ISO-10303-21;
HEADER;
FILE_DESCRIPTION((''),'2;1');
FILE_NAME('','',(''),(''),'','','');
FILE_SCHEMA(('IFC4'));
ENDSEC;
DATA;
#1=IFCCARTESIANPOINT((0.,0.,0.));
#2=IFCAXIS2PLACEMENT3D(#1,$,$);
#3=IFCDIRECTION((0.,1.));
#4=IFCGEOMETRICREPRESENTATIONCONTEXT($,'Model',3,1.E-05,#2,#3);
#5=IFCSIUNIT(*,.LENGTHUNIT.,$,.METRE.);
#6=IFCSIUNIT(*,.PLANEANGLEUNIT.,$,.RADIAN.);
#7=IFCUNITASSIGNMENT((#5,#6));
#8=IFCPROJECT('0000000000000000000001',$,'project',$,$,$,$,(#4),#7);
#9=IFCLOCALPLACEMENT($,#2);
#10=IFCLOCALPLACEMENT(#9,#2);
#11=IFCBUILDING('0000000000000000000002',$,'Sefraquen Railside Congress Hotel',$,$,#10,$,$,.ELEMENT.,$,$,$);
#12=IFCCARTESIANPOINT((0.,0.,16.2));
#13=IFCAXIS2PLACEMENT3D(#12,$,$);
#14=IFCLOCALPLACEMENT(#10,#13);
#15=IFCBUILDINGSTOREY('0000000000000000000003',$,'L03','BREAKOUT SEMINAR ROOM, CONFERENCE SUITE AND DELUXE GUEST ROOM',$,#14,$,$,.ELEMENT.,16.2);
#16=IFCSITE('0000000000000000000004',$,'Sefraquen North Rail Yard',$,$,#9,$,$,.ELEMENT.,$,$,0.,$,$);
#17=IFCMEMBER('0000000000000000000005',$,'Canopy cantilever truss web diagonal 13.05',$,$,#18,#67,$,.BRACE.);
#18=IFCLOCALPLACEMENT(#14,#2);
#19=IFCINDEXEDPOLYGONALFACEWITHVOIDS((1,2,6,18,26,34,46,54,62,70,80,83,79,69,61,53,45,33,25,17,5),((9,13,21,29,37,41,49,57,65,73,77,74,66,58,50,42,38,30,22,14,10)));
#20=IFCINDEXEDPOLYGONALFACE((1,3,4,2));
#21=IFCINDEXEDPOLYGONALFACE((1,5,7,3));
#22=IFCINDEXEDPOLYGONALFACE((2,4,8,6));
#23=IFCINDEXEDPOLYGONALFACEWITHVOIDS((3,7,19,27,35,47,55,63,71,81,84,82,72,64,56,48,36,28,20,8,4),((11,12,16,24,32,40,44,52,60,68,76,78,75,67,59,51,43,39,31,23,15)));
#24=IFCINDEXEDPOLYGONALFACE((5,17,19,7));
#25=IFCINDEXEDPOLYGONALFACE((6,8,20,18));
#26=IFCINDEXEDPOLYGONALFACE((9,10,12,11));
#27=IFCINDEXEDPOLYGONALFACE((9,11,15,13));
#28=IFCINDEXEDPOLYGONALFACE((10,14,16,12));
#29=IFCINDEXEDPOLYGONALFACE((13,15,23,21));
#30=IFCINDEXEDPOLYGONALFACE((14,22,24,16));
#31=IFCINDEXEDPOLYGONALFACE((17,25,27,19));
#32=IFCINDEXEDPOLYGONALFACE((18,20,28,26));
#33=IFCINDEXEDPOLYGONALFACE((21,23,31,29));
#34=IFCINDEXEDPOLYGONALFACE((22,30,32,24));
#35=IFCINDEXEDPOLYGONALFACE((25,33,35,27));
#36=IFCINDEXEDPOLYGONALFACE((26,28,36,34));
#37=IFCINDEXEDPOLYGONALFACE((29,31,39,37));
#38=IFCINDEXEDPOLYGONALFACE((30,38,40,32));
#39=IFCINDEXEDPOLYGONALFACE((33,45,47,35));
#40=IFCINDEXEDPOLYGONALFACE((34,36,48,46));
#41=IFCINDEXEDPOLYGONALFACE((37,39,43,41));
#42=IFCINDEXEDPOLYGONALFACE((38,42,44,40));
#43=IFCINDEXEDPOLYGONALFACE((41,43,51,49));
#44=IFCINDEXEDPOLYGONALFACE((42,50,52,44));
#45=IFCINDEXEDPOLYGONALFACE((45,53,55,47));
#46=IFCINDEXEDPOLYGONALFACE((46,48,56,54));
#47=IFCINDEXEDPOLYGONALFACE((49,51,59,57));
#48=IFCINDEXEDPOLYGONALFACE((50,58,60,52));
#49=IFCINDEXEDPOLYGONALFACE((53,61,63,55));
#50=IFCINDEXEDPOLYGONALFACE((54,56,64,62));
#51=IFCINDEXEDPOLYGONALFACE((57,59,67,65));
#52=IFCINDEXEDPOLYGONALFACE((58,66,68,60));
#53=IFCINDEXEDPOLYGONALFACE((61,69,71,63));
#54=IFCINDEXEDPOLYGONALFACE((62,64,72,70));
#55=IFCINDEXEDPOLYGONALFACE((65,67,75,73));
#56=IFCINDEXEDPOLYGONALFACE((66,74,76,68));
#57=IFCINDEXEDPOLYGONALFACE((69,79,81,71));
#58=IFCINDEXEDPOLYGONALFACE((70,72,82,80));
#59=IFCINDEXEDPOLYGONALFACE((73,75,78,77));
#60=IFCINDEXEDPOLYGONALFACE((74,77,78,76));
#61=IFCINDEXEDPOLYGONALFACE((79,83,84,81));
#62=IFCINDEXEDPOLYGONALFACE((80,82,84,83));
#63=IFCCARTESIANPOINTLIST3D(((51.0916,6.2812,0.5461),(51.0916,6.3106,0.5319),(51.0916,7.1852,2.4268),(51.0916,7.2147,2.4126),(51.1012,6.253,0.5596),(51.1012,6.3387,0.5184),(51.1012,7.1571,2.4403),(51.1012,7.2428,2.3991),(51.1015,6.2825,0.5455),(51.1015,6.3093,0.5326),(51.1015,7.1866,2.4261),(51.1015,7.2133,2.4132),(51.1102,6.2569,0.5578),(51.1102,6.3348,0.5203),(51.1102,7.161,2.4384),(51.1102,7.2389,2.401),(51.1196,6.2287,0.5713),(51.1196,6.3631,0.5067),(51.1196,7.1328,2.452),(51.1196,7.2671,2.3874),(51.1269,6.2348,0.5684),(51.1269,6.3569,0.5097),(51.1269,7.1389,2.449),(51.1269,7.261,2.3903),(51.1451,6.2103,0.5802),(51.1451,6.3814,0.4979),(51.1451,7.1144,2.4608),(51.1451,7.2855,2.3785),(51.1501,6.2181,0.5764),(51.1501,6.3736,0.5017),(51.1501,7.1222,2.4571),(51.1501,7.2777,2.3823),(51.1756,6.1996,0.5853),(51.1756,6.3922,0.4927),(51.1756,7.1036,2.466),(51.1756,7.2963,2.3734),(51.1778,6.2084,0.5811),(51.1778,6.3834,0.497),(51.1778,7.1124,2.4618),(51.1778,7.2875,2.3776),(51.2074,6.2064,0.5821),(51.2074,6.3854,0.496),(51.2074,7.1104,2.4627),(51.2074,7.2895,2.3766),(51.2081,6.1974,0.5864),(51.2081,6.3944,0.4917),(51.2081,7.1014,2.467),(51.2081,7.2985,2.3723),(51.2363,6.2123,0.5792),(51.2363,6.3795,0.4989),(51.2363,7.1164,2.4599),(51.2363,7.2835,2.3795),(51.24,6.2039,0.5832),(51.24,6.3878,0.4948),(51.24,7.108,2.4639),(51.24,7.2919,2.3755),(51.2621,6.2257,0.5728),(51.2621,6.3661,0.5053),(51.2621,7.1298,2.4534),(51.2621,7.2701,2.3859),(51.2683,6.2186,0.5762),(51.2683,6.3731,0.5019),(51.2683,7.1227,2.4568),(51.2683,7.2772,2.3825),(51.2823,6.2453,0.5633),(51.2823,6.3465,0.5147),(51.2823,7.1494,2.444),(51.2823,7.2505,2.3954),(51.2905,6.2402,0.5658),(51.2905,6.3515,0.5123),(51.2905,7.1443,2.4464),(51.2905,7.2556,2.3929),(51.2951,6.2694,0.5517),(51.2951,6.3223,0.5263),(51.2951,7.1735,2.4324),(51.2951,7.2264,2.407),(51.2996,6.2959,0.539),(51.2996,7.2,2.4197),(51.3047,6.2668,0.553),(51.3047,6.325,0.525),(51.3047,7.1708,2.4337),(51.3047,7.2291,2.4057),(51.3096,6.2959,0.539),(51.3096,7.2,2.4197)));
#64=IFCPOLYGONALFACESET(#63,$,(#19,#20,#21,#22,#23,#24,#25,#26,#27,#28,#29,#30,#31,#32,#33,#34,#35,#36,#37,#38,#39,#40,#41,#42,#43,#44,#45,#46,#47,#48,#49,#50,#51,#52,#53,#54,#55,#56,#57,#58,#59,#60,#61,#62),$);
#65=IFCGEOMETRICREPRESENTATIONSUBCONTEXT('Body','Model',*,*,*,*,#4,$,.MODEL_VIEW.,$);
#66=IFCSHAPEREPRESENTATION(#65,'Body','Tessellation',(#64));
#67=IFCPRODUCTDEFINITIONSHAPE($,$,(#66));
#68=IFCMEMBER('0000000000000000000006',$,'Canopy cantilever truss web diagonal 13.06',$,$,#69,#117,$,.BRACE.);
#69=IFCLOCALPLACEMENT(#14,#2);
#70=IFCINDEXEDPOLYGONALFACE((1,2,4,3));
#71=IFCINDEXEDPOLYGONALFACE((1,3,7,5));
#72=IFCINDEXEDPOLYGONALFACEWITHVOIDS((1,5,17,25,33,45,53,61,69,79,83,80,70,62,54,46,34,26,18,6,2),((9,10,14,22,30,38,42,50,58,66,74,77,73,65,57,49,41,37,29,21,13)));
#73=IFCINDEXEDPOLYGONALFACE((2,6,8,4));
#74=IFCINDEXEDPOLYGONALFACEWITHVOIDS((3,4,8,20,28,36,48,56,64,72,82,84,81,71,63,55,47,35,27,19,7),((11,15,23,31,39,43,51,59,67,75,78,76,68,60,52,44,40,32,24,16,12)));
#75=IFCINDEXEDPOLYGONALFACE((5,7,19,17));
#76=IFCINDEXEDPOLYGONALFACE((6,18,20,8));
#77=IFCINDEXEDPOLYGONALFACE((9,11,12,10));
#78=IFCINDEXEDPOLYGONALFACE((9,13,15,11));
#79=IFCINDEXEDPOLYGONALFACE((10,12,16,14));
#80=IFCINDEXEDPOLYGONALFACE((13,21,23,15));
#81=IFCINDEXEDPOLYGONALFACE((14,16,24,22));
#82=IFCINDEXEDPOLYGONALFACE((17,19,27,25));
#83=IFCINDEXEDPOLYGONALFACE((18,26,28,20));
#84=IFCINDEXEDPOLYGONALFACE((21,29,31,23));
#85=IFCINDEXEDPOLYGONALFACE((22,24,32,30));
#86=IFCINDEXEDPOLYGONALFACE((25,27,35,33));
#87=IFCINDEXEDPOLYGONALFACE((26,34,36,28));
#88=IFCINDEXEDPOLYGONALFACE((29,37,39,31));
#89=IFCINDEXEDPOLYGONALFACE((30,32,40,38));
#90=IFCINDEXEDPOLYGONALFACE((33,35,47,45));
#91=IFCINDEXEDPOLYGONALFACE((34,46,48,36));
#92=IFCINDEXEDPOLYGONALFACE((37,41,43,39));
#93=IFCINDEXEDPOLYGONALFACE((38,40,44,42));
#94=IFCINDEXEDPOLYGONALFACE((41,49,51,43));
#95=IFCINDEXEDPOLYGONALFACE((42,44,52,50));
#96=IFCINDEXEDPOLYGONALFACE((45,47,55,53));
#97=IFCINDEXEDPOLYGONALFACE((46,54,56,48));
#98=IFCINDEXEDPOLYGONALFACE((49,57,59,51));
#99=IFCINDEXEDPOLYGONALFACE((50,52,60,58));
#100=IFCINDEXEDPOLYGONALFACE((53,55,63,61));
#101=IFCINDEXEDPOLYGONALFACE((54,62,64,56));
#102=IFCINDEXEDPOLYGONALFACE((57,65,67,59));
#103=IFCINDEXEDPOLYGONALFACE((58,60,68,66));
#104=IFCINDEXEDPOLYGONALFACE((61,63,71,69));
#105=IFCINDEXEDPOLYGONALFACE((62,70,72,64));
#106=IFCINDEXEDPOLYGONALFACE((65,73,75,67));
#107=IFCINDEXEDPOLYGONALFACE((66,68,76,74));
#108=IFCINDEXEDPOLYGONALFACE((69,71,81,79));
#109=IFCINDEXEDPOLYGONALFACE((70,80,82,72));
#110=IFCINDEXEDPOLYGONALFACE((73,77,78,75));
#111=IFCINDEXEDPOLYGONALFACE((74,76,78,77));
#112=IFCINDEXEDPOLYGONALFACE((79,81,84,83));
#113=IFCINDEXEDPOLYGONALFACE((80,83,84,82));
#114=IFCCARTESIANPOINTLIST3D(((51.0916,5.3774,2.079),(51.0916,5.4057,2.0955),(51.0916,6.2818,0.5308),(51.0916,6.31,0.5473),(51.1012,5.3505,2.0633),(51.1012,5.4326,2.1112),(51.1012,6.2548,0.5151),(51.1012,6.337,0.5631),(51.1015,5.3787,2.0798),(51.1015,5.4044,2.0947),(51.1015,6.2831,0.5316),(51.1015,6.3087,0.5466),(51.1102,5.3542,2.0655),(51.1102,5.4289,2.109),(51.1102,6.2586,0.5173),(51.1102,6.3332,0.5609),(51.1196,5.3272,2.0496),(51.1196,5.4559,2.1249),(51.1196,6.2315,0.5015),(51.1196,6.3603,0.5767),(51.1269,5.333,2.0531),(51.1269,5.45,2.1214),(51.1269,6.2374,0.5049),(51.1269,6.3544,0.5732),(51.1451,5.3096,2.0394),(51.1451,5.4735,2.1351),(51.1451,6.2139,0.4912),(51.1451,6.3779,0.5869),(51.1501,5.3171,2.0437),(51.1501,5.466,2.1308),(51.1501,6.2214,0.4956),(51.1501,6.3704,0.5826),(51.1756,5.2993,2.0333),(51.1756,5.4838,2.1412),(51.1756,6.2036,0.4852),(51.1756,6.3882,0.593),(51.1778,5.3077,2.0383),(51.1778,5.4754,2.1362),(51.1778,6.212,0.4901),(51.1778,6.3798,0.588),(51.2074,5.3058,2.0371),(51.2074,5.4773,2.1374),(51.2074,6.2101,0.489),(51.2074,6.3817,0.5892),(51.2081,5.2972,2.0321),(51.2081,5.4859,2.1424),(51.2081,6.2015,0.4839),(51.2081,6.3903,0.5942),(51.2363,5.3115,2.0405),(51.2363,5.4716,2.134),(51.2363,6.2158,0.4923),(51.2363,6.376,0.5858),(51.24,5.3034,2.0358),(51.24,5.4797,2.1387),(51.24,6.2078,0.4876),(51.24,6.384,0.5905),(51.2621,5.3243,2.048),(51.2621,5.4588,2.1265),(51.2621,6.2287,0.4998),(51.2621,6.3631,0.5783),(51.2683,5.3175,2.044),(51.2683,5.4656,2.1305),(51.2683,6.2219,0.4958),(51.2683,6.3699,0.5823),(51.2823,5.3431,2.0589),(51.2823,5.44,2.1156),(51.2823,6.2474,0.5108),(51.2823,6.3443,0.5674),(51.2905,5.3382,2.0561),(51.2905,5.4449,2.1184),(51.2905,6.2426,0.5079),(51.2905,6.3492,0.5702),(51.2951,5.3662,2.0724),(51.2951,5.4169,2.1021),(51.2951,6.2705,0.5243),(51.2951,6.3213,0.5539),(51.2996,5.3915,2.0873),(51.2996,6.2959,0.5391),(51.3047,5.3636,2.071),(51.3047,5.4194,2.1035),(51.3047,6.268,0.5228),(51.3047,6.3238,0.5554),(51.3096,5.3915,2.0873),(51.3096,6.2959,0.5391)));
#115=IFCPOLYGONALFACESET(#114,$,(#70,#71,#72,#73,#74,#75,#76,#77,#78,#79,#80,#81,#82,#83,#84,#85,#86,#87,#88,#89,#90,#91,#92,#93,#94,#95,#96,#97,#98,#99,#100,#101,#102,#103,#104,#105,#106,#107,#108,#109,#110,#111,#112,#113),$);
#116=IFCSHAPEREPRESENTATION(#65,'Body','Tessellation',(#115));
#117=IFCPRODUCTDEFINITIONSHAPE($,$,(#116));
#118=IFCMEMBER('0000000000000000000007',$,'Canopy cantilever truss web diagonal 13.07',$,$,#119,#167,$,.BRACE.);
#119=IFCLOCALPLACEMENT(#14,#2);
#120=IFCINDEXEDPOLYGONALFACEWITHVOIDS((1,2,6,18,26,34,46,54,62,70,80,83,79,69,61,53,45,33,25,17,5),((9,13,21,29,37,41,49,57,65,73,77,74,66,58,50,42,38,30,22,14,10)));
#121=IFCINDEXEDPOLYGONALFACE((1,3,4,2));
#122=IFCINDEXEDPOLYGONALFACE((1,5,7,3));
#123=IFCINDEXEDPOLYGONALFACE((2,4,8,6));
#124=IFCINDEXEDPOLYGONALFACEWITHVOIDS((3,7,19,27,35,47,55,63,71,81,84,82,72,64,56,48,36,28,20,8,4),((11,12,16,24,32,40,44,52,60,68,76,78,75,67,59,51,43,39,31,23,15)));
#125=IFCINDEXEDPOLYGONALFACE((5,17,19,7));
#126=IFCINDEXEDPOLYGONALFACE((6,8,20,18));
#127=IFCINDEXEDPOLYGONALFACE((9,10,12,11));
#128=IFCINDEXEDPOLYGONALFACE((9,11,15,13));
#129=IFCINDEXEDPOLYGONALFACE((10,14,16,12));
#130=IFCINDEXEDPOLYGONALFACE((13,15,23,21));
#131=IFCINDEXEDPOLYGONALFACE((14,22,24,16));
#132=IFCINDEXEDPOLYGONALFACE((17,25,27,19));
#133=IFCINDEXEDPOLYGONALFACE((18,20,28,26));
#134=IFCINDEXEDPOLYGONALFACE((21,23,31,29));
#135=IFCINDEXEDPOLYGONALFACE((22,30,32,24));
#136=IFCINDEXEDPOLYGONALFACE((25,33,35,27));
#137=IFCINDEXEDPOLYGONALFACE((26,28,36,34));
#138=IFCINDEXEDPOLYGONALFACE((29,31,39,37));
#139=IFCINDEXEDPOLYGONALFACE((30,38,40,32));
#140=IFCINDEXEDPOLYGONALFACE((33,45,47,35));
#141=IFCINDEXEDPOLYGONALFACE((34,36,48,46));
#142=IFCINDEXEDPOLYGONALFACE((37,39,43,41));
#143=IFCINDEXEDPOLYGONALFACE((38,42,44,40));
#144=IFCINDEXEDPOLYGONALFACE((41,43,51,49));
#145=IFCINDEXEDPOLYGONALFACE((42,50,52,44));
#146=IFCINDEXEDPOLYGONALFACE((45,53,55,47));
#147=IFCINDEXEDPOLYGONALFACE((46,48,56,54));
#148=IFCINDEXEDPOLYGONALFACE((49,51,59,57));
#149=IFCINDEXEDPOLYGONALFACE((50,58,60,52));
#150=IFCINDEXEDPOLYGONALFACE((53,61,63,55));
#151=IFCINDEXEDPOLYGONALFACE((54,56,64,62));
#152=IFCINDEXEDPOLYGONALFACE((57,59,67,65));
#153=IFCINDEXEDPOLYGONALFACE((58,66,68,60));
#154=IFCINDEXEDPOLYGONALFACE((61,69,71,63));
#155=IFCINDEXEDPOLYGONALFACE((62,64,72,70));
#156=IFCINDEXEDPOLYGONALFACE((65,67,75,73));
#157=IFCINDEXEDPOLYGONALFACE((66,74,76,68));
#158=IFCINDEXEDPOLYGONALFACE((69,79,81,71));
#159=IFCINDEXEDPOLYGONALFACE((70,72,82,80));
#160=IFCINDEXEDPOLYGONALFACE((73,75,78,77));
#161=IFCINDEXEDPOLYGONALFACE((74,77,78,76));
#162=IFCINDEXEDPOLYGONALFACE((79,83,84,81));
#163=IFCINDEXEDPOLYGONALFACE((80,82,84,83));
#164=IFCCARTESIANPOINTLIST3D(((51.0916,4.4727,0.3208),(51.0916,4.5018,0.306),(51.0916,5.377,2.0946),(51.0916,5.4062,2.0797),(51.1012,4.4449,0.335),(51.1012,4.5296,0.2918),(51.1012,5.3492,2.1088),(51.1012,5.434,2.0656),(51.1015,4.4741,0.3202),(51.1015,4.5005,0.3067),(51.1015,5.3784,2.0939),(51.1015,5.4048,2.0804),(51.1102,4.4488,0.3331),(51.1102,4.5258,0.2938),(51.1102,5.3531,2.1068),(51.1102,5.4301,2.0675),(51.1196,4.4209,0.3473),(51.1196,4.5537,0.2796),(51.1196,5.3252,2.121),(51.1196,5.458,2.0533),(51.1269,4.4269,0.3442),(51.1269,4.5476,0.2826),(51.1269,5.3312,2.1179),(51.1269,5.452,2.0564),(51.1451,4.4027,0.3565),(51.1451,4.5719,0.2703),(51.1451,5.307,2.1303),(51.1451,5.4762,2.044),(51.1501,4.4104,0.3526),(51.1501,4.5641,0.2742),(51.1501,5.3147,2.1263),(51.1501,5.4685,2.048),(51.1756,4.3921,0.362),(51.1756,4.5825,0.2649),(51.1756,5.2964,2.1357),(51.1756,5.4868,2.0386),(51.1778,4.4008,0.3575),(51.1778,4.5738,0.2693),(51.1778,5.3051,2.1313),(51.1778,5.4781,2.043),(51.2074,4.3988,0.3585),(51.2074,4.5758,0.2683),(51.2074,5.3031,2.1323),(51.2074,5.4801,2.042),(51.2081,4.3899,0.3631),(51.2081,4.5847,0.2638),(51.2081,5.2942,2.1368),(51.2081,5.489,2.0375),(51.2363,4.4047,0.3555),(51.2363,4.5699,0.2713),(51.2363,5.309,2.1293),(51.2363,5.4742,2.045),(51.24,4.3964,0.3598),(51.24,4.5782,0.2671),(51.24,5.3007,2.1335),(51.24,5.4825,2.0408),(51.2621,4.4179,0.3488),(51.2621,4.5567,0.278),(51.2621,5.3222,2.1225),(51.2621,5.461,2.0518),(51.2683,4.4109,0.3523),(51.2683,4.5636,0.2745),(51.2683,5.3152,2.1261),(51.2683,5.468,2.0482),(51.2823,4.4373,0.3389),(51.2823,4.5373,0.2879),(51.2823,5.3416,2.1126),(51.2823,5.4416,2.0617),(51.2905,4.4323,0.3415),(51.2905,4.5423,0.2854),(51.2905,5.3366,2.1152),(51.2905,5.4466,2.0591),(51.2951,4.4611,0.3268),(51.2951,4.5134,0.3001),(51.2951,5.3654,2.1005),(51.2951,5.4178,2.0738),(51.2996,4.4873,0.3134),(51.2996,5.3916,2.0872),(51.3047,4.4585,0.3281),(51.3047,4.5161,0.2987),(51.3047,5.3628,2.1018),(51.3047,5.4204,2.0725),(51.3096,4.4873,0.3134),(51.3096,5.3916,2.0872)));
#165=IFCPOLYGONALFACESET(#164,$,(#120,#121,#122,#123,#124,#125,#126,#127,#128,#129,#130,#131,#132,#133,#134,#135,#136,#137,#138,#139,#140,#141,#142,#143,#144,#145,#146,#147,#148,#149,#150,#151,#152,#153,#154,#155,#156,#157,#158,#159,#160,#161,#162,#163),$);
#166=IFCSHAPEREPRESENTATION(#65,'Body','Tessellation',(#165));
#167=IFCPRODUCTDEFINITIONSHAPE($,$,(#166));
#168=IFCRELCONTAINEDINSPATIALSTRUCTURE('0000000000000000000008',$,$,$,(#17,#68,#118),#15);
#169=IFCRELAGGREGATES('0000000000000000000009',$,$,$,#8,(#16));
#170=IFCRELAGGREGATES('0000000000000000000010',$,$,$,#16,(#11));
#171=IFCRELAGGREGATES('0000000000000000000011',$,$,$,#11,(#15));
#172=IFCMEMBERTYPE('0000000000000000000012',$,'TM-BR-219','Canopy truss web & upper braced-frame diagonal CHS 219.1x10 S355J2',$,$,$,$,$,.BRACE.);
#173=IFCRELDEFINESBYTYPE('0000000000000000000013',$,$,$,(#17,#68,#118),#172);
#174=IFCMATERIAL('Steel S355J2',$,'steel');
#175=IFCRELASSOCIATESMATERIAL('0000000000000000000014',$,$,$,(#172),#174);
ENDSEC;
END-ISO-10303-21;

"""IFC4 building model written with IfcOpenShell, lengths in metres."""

from ifc_helpers import new_model, si_unit, direction, frame, origin, origin_2d, place, context, subcontext, project, spatial, hollow_circle, extrude, material, material_profile, profile_set, type_object, element, save


model = new_model("IFC4")

# Units and contexts
model_context = context("Model", 3, precision=1e-05, world=origin(), true_north=direction((0.0, 1.0)))
body_context = subcontext(model_context, "Body", "Model", "MODEL_VIEW")
ifc_project = project(units=[si_unit("LENGTHUNIT", "METRE"), si_unit("PLANEANGLEUNIT", "RADIAN")], contexts=[model_context])

# Site, building, storey
site_placement = place(None, origin())
site = spatial("IfcSite", under=ifc_project, at=site_placement, Name="Sefraquen North Rail Yard", CompositionType="ELEMENT", RefElevation=0.0)
building_placement = place(site_placement, origin())
building = spatial("IfcBuilding", under=site, at=building_placement, Name="Sefraquen Railside Congress Hotel", CompositionType="ELEMENT")
storey_placement = place(building_placement, frame((0.0, 0.0, 16.2)))
storey = spatial("IfcBuildingStorey", under=building, at=storey_placement, Name="L03", Description="BREAKOUT SEMINAR ROOM, CONFERENCE SUITE AND DELUXE GUEST ROOM", CompositionType="ELEMENT", Elevation=16.2)

# Members
ifc_material_1 = material(Name="Steel S355J2", Category="steel")
ifc_material_profile_1 = material_profile(ifc_material_1, hollow_circle(Radius=0.1096, WallThickness=0.01, at=origin_2d()), Name="CHS 219.1x10")
ifc_profile_set_1 = profile_set([ifc_material_profile_1], Name="Steel S355J2")
member_type_1 = type_object("IfcMemberType", Name="TM-BR-219", Description="Canopy truss web & upper braced-frame diagonal CHS 219.1x10 S355J2", PredefinedType="BRACE", material=ifc_profile_set_1)
member_1_placement = place(storey_placement, frame((51.2, 7.2, 2.4197), z_axis=(0.0, -0.43326, -0.901269), x_axis=(1.0, 0.0, 0.0)))
element("IfcMember", 1, at=member_1_placement, inside=storey, type_object=member_type_1, Name="Canopy cantilever truss web diagonal 13.05", PredefinedType="BRACE", context=body_context, shape_type="SweptSolid", body=[
    extrude(hollow_circle(Radius=0.1096, WallThickness=0.01, at=origin_2d()), origin(), (0.0, 0.0, 1.0), 2.0867),
])
member_2_placement = place(storey_placement, frame((51.2, 6.2959, 0.5391), z_axis=(0.0, -0.504387, 0.863477), x_axis=(1.0, 0.0, 0.0)))
element("IfcMember", 2, at=member_2_placement, inside=storey, type_object=member_type_1, Name="Canopy cantilever truss web diagonal 13.06", PredefinedType="BRACE", context=body_context, shape_type="SweptSolid", body=[
    extrude(hollow_circle(Radius=0.1096, WallThickness=0.01, at=origin_2d()), origin(), (0.0, 0.0, 1.0), 1.793),
])
member_3_placement = place(storey_placement, frame((51.2, 5.3916, 2.0872), z_axis=(0.0, -0.454214, -0.890893), x_axis=(1.0, 0.0, 0.0)))
element("IfcMember", 3, at=member_3_placement, inside=storey, type_object=member_type_1, Name="Canopy cantilever truss web diagonal 13.07", PredefinedType="BRACE", context=body_context, shape_type="SweptSolid", body=[
    extrude(hollow_circle(Radius=0.1096, WallThickness=0.01, at=origin_2d()), origin(), (0.0, 0.0, 1.0), 1.991),
])

save(model, "model.ifc")
